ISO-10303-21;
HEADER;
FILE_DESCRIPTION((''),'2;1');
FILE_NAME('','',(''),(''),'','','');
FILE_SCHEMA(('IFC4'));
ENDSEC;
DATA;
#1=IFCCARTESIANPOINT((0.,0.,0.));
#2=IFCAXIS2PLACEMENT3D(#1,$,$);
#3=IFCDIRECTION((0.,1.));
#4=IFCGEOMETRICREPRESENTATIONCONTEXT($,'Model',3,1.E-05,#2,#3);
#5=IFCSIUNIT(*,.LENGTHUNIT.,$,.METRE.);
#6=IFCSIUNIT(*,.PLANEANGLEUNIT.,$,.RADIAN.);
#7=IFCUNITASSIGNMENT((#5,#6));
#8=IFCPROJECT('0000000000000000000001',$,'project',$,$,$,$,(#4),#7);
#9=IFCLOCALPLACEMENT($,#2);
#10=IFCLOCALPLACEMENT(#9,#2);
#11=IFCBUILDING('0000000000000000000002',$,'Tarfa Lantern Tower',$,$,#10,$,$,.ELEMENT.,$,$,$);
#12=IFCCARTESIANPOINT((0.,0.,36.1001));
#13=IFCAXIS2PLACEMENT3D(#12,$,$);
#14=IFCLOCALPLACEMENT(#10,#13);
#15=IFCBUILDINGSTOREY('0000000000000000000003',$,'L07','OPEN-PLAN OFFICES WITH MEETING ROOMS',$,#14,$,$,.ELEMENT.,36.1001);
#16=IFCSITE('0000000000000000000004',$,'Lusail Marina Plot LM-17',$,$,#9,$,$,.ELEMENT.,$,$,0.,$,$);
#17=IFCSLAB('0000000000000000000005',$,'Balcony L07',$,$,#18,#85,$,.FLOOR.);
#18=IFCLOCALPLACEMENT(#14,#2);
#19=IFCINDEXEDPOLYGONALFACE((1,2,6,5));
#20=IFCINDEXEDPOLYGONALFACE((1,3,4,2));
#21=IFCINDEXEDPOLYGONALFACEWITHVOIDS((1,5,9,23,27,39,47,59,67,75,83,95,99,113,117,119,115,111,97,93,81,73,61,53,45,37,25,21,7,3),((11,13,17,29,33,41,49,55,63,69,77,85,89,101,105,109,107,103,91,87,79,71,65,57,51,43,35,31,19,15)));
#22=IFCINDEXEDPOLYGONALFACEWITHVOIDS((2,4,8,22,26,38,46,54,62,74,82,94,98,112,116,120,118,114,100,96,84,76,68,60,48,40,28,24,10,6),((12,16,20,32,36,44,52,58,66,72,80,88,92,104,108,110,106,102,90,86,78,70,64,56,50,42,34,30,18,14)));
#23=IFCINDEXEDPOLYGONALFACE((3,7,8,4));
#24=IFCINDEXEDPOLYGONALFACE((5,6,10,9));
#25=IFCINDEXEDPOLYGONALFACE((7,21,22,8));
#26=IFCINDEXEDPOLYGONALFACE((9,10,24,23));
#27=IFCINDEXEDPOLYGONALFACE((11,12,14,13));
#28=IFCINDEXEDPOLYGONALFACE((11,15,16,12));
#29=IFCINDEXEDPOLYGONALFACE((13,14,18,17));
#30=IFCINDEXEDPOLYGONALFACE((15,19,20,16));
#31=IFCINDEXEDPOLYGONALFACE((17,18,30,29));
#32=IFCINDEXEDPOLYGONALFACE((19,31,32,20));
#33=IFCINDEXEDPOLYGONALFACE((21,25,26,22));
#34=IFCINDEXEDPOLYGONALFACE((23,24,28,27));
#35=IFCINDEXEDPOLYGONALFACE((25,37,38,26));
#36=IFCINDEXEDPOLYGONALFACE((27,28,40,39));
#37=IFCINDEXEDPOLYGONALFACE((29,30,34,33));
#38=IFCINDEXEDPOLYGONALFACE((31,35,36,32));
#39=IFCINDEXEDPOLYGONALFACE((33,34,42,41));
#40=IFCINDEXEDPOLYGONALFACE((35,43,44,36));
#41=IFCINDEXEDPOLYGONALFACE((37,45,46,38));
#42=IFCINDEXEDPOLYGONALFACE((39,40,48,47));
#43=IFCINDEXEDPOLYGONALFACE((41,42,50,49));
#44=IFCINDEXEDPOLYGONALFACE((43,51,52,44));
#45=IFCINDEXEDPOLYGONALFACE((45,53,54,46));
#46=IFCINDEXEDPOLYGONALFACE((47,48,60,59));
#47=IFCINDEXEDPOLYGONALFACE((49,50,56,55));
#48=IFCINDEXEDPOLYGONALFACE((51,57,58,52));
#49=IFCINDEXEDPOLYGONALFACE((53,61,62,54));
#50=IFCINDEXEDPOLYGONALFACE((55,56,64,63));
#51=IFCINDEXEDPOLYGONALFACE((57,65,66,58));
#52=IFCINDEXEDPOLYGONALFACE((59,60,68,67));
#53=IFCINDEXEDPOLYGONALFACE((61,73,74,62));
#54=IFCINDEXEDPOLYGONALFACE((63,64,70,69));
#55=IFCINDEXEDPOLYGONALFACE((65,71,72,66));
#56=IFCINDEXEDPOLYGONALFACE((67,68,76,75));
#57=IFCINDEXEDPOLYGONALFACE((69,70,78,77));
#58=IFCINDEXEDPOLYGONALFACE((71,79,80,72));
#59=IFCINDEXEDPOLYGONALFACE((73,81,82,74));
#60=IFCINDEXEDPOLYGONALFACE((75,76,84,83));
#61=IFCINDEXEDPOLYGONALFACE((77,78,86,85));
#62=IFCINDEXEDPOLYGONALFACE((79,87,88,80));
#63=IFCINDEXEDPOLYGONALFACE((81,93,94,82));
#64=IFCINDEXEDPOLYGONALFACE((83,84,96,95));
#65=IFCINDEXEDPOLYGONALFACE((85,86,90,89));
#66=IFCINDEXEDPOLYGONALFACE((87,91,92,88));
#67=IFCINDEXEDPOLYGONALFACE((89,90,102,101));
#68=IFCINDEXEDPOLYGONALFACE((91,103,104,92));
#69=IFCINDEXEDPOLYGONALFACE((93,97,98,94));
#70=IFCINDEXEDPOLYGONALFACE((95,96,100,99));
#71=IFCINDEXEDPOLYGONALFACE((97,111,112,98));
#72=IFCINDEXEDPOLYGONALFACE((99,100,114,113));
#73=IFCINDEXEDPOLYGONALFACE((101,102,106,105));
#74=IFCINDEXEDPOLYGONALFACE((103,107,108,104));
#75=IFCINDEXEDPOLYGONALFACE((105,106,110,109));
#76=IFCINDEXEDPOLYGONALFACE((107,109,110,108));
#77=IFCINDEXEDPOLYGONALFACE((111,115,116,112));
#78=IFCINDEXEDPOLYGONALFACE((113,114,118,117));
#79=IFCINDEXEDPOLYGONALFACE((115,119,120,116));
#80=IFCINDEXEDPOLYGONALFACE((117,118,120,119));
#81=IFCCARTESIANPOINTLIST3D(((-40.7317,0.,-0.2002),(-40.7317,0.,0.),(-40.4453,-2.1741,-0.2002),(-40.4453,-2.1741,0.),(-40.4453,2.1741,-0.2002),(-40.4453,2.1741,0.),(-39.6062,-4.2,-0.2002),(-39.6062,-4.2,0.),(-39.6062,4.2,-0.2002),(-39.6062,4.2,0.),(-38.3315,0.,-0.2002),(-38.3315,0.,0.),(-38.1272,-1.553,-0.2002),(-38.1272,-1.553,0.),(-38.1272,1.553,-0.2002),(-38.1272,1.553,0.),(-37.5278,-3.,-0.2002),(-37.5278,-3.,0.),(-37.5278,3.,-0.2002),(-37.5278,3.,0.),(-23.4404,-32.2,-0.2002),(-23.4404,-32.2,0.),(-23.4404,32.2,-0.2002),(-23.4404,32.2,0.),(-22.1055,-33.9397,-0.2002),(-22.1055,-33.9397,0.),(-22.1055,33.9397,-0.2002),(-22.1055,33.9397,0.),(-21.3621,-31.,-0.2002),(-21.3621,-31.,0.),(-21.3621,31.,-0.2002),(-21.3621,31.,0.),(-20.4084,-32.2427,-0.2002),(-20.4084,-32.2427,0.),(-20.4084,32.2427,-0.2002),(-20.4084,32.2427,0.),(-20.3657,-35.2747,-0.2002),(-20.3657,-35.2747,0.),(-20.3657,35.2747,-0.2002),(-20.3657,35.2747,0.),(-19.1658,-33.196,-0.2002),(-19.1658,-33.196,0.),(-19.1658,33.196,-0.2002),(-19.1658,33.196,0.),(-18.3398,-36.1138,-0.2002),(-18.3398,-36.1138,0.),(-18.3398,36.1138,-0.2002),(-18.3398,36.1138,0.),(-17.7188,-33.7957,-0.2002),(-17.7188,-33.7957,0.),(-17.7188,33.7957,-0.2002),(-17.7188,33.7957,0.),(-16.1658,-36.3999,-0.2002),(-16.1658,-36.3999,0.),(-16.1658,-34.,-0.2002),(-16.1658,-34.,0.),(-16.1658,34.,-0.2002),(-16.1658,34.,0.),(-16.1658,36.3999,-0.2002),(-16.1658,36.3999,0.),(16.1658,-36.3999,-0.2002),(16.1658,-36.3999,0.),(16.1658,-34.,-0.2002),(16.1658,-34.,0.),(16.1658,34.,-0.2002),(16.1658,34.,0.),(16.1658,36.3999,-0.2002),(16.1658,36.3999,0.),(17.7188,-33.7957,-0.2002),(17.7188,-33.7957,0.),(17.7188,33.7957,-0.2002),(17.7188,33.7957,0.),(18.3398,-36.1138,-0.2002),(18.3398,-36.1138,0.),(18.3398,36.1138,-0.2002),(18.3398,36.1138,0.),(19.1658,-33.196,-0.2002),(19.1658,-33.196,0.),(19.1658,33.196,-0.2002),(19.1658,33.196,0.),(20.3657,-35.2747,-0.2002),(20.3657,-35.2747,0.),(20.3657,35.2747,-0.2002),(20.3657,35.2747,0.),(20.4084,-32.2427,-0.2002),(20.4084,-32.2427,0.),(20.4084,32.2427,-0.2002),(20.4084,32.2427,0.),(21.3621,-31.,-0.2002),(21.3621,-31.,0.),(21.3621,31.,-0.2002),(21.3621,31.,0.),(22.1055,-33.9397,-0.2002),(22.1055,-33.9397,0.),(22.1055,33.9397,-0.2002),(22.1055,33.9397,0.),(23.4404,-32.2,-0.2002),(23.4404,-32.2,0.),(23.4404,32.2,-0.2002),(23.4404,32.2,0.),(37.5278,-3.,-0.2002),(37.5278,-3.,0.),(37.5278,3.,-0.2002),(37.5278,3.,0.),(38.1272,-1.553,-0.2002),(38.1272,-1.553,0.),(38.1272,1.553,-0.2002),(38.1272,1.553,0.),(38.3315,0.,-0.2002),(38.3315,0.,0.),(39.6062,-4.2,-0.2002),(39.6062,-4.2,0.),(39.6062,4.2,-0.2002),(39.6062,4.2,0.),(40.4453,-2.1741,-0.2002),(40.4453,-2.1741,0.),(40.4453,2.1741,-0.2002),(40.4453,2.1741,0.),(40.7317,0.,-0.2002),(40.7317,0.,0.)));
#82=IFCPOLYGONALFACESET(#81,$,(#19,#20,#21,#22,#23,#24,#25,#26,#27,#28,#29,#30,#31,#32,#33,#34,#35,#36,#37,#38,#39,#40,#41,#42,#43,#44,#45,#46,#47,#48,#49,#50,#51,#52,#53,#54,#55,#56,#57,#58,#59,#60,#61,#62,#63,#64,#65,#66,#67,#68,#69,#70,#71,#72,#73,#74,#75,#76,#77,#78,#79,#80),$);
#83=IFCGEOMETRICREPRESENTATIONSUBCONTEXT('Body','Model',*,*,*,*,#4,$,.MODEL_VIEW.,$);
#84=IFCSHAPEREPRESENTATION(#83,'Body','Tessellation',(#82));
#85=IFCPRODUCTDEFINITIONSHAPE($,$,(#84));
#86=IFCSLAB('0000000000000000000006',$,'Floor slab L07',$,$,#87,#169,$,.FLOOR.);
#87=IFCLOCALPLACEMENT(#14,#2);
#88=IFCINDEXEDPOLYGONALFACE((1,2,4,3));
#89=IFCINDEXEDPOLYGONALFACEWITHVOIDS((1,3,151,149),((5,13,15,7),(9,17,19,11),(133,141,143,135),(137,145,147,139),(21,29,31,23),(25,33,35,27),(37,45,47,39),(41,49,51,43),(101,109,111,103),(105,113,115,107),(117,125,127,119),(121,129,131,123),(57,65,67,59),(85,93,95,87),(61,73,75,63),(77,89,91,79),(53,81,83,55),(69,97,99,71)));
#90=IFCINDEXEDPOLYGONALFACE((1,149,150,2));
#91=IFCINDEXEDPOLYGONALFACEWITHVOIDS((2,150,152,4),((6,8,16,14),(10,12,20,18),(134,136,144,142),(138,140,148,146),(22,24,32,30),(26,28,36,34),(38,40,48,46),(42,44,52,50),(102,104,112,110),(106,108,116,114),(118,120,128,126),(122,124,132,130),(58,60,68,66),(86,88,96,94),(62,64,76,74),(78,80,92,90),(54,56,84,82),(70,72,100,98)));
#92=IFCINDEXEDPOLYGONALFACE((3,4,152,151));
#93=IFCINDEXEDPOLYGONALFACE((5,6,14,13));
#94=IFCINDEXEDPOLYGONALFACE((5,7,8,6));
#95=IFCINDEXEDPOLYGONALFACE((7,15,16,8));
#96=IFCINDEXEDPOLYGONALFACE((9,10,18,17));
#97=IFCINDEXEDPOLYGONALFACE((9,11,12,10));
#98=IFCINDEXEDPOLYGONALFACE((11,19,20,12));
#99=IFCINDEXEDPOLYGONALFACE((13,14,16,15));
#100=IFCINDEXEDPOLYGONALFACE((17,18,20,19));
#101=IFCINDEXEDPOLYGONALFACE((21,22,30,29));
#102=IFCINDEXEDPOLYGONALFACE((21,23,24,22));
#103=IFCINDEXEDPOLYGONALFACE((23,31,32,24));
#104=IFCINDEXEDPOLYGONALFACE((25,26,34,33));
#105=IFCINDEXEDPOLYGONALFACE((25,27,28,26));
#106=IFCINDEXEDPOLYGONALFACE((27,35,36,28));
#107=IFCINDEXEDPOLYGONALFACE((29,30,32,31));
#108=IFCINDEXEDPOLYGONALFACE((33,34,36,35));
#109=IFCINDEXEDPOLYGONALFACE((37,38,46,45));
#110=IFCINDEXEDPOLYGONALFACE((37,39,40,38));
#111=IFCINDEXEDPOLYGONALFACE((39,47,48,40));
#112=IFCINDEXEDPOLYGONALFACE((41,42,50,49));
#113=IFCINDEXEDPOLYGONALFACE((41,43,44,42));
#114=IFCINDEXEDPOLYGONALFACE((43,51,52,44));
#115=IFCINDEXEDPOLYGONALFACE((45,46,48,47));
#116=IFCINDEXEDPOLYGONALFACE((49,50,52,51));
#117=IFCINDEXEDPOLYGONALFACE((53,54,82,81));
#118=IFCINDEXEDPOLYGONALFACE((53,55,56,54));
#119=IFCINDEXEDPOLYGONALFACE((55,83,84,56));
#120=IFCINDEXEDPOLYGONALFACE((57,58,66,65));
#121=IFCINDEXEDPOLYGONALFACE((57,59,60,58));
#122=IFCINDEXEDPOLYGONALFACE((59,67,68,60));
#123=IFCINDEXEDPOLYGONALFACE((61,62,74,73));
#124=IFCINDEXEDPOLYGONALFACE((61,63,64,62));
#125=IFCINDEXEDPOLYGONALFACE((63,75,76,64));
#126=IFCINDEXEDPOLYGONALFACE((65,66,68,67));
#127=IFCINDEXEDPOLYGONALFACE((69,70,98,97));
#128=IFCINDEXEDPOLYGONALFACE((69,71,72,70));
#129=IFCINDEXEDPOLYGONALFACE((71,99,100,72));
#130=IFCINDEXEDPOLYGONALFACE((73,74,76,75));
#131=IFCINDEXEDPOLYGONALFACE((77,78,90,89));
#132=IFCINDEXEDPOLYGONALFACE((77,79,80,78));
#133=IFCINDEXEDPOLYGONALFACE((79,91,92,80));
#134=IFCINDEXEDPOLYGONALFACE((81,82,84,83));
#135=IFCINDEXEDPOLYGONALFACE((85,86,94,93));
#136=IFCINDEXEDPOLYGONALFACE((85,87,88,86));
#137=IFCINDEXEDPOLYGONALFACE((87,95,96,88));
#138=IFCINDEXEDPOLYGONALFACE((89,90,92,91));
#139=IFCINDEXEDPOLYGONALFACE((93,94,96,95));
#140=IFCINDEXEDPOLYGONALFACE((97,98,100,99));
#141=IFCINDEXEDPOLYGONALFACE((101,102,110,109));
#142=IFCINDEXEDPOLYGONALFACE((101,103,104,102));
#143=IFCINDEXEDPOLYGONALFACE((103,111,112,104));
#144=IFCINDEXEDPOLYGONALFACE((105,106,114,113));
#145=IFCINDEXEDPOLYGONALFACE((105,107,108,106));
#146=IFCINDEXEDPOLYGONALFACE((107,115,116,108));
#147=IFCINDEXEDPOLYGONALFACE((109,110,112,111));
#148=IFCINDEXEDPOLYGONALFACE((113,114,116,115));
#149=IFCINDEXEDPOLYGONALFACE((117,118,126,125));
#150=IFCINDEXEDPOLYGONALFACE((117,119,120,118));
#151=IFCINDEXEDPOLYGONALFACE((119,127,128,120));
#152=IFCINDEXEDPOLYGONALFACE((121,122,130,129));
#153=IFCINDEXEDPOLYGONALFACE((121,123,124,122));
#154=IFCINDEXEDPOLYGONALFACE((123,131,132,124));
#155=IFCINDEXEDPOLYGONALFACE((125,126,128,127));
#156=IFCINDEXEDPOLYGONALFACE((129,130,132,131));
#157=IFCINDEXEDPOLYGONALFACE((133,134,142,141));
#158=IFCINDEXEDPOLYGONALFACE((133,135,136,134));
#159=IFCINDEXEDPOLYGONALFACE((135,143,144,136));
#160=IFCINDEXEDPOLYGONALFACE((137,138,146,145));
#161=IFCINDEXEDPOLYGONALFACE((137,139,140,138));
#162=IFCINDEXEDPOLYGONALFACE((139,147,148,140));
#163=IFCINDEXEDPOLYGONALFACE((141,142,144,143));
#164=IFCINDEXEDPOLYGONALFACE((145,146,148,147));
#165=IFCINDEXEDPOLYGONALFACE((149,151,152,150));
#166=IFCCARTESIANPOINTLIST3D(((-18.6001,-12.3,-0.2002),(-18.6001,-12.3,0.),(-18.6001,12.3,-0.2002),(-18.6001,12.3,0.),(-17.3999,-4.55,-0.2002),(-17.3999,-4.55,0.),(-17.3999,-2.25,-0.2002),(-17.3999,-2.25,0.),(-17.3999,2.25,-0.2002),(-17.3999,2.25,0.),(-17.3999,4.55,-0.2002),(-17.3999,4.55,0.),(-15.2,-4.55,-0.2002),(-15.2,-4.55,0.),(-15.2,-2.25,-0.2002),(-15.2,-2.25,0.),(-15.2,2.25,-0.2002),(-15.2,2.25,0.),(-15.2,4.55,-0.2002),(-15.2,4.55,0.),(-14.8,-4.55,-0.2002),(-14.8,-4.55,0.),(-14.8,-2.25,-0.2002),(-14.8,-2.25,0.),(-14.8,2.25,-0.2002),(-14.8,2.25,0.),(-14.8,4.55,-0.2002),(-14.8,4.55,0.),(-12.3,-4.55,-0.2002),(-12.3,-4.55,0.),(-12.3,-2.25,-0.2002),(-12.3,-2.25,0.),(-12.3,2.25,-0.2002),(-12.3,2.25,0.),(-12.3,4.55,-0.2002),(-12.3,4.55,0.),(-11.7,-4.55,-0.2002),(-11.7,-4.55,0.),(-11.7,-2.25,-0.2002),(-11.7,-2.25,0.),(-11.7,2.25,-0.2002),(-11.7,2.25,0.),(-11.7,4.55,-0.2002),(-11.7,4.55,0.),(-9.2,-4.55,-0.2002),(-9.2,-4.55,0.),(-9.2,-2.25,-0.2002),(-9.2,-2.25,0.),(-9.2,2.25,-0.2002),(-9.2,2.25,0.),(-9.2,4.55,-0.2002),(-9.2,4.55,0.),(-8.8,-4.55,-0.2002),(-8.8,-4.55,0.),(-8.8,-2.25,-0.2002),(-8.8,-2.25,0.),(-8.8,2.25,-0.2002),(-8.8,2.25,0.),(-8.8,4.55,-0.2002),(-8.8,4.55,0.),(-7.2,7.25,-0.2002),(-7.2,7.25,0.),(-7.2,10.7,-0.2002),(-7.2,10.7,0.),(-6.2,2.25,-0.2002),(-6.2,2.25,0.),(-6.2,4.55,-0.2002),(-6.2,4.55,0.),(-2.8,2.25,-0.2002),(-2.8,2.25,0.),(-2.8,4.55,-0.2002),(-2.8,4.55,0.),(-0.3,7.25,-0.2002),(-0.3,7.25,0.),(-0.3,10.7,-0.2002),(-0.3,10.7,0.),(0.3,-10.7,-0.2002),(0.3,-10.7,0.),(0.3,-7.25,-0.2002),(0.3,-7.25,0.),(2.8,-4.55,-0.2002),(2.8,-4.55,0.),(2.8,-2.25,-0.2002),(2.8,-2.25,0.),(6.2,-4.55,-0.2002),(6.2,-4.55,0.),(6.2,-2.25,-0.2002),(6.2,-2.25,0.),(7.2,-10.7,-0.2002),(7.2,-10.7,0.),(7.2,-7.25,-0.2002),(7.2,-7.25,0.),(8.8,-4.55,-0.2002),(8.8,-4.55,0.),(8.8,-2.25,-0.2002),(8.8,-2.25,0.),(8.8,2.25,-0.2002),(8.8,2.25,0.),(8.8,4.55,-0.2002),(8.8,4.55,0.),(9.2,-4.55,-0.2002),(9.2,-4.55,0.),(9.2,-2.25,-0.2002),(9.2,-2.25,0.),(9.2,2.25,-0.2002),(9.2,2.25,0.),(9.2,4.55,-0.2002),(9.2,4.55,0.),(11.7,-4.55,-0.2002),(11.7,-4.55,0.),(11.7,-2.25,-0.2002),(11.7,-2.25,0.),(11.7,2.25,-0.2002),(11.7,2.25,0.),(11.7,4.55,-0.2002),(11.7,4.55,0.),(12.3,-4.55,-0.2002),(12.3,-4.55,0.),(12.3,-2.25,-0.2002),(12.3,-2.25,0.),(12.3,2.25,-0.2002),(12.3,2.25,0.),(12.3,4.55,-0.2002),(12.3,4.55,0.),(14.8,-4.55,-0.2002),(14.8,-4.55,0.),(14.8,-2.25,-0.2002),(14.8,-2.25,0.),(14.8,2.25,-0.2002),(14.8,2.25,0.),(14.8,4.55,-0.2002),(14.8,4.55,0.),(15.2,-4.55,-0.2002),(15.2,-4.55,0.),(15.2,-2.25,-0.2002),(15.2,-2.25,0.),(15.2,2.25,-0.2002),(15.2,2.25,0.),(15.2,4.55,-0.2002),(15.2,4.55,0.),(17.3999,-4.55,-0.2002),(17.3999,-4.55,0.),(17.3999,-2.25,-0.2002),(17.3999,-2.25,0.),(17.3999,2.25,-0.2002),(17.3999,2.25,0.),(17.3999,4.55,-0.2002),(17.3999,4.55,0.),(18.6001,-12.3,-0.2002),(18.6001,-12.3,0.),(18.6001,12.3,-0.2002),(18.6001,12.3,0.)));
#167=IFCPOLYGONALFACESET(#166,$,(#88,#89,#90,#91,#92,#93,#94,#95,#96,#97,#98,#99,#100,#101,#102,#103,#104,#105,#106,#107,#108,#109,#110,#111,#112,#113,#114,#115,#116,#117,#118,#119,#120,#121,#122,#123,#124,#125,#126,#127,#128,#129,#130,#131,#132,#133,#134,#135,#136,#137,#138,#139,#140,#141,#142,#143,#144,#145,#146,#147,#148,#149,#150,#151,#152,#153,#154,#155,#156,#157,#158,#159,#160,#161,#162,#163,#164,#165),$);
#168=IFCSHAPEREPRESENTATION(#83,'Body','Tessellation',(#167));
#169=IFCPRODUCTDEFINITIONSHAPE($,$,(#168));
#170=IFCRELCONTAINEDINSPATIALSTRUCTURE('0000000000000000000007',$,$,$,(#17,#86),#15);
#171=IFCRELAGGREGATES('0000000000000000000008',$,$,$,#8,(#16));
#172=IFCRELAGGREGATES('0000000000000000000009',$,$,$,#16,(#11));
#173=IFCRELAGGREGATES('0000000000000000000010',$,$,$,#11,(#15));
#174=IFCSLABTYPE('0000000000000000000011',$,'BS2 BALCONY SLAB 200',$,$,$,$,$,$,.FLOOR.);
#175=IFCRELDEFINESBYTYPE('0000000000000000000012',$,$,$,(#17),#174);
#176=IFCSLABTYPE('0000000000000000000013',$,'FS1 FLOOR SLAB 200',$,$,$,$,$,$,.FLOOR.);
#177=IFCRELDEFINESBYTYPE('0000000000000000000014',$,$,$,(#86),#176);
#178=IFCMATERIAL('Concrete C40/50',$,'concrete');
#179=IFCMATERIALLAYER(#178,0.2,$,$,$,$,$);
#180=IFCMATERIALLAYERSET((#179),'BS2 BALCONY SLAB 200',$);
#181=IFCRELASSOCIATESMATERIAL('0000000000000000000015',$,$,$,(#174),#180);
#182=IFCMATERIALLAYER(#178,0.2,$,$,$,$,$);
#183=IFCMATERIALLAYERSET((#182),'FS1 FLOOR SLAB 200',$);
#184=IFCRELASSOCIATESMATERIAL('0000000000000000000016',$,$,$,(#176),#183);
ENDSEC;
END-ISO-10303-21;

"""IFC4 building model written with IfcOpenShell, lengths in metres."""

from ifc_helpers import new_model, si_unit, direction, frame, origin, place, context, subcontext, project, spatial, polyline, outline, extrude, material, layer, layer_set, type_object, element, save


model = new_model("IFC4")

# Units and contexts
model_context = context("Model", 3, precision=1e-05, world=origin(), true_north=direction((0.0, 1.0)))
body_context = subcontext(model_context, "Body", "Model", "MODEL_VIEW")
ifc_project = project(units=[si_unit("LENGTHUNIT", "METRE"), si_unit("PLANEANGLEUNIT", "RADIAN")], contexts=[model_context])

# Site, building, storey
site_placement = place(None, origin())
site = spatial("IfcSite", under=ifc_project, at=site_placement, Name="Lusail Marina Plot LM-17", CompositionType="ELEMENT", RefElevation=0.0)
building_placement = place(site_placement, origin())
building = spatial("IfcBuilding", under=site, at=building_placement, Name="Tarfa Lantern Tower", CompositionType="ELEMENT")
storey_placement = place(building_placement, frame((0.0, 0.0, 36.1001)))
storey = spatial("IfcBuildingStorey", under=building, at=storey_placement, Name="L07", Description="OPEN-PLAN OFFICES WITH MEETING ROOMS", CompositionType="ELEMENT", Elevation=36.1001)

# Slabs
ifc_material_1 = material(Name="Concrete C40/50", Category="concrete")
ifc_layer_1 = layer(ifc_material_1, 0.2)
ifc_layer_set_1 = layer_set([ifc_layer_1], Name="BS2 BALCONY SLAB 200")
slab_type_1 = type_object("IfcSlabType", Name="BS2 BALCONY SLAB 200", PredefinedType="FLOOR", material=ifc_layer_set_1)
slab_1_placement = place(storey_placement, frame((0.0, 0.0, -0.2002)))
element("IfcSlab", 1, at=slab_1_placement, inside=storey, type_object=slab_type_1, Name="Balcony L07", PredefinedType="FLOOR", context=body_context, shape_type="SweptSolid", body=[
    extrude(outline(polyline([(39.6062, 4.2), (23.4404, 32.2), (22.1055, 33.9397), (20.3657, 35.2747), (18.3398, 36.1138), (16.1658, 36.3999), (-16.1658, 36.3999), (-18.3398, 36.1138), (-20.3657, 35.2747), (-22.1055, 33.9397), (-23.4404, 32.2), (-39.6062, 4.2), (-40.4453, 2.1741), (-40.7317, 0.0), (-40.4453, -2.1741), (-39.6062, -4.2), (-23.4404, -32.2), (-22.1055, -33.9397), (-20.3657, -35.2747), (-18.3398, -36.1138), (-16.1658, -36.3999), (16.1658, -36.3999), (18.3398, -36.1138), (20.3657, -35.2747), (22.1055, -33.9397), (23.4404, -32.2), (39.6062, -4.2), (40.4453, -2.1741), (40.7317, 0.0), (40.4453, 2.1741), (39.6062, 4.2)]), holes=[polyline([(37.5278, 3.0), (21.3621, 31.0), (20.4084, 32.2427), (19.1658, 33.196), (17.7188, 33.7957), (16.1658, 34.0), (-16.1658, 34.0), (-17.7188, 33.7957), (-19.1658, 33.196), (-20.4084, 32.2427), (-21.3621, 31.0), (-37.5278, 3.0), (-38.1272, 1.553), (-38.3315, 0.0), (-38.1272, -1.553), (-37.5278, -3.0), (-21.3621, -31.0), (-20.4084, -32.2427), (-19.1658, -33.196), (-17.7188, -33.7957), (-16.1658, -34.0), (16.1658, -34.0), (17.7188, -33.7957), (19.1658, -33.196), (20.4084, -32.2427), (21.3621, -31.0), (37.5278, -3.0), (38.1272, -1.553), (38.3315, 0.0), (38.1272, 1.553), (37.5278, 3.0)])]), origin(), (0.0, 0.0, 1.0), 0.2002),
])
ifc_layer_2 = layer(ifc_material_1, 0.2)
ifc_layer_set_2 = layer_set([ifc_layer_2], Name="FS1 FLOOR SLAB 200")
slab_type_2 = type_object("IfcSlabType", Name="FS1 FLOOR SLAB 200", PredefinedType="FLOOR", material=ifc_layer_set_2)
slab_2_placement = place(storey_placement, frame((0.0, 0.0, -0.2002)))
element("IfcSlab", 2, at=slab_2_placement, inside=storey, type_object=slab_type_2, Name="Floor slab L07", PredefinedType="FLOOR", context=body_context, shape_type="SweptSolid", body=[
    extrude(outline(polyline([(-18.6001, -12.3), (18.6001, -12.3), (18.6001, 12.3), (-18.6001, 12.3), (-18.6001, -12.3)]), holes=[polyline([(-17.3999, 2.25), (-15.2, 2.25), (-15.2, 4.55), (-17.3999, 4.55), (-17.3999, 2.25)]), polyline([(-14.8, 2.25), (-12.3, 2.25), (-12.3, 4.55), (-14.8, 4.55), (-14.8, 2.25)]), polyline([(-11.7, 2.25), (-9.2, 2.25), (-9.2, 4.55), (-11.7, 4.55), (-11.7, 2.25)]), polyline([(-8.8, 2.25), (-6.2, 2.25), (-6.2, 4.55), (-8.8, 4.55), (-8.8, 2.25)]), polyline([(-2.8, 2.25), (8.8, 2.25), (8.8, 4.55), (-2.8, 4.55), (-2.8, 2.25)]), polyline([(9.2, 2.25), (11.7, 2.25), (11.7, 4.55), (9.2, 4.55), (9.2, 2.25)]), polyline([(12.3, 2.25), (14.8, 2.25), (14.8, 4.55), (12.3, 4.55), (12.3, 2.25)]), polyline([(15.2, 2.25), (17.3999, 2.25), (17.3999, 4.55), (15.2, 4.55), (15.2, 2.25)]), polyline([(17.3999, -2.25), (15.2, -2.25), (15.2, -4.55), (17.3999, -4.55), (17.3999, -2.25)]), polyline([(14.8, -2.25), (12.3, -2.25), (12.3, -4.55), (14.8, -4.55), (14.8, -2.25)]), polyline([(11.7, -2.25), (9.2, -2.25), (9.2, -4.55), (11.7, -4.55), (11.7, -2.25)]), polyline([(8.8, -2.25), (6.2, -2.25), (6.2, -4.55), (8.8, -4.55), (8.8, -2.25)]), polyline([(2.8, -2.25), (-8.8, -2.25), (-8.8, -4.55), (2.8, -4.55), (2.8, -2.25)]), polyline([(-9.2, -2.25), (-11.7, -2.25), (-11.7, -4.55), (-9.2, -4.55), (-9.2, -2.25)]), polyline([(-12.3, -2.25), (-14.8, -2.25), (-14.8, -4.55), (-12.3, -4.55), (-12.3, -2.25)]), polyline([(-15.2, -2.25), (-17.3999, -2.25), (-17.3999, -4.55), (-15.2, -4.55), (-15.2, -2.25)]), polyline([(-7.2, 7.25), (-0.3, 7.25), (-0.3, 10.7), (-7.2, 10.7), (-7.2, 7.25)]), polyline([(7.2, -7.25), (0.3, -7.25), (0.3, -10.7), (7.2, -10.7), (7.2, -7.25)])]), origin(), (0.0, 0.0, 1.0), 0.2002),
])

save(model, "model.ifc")
